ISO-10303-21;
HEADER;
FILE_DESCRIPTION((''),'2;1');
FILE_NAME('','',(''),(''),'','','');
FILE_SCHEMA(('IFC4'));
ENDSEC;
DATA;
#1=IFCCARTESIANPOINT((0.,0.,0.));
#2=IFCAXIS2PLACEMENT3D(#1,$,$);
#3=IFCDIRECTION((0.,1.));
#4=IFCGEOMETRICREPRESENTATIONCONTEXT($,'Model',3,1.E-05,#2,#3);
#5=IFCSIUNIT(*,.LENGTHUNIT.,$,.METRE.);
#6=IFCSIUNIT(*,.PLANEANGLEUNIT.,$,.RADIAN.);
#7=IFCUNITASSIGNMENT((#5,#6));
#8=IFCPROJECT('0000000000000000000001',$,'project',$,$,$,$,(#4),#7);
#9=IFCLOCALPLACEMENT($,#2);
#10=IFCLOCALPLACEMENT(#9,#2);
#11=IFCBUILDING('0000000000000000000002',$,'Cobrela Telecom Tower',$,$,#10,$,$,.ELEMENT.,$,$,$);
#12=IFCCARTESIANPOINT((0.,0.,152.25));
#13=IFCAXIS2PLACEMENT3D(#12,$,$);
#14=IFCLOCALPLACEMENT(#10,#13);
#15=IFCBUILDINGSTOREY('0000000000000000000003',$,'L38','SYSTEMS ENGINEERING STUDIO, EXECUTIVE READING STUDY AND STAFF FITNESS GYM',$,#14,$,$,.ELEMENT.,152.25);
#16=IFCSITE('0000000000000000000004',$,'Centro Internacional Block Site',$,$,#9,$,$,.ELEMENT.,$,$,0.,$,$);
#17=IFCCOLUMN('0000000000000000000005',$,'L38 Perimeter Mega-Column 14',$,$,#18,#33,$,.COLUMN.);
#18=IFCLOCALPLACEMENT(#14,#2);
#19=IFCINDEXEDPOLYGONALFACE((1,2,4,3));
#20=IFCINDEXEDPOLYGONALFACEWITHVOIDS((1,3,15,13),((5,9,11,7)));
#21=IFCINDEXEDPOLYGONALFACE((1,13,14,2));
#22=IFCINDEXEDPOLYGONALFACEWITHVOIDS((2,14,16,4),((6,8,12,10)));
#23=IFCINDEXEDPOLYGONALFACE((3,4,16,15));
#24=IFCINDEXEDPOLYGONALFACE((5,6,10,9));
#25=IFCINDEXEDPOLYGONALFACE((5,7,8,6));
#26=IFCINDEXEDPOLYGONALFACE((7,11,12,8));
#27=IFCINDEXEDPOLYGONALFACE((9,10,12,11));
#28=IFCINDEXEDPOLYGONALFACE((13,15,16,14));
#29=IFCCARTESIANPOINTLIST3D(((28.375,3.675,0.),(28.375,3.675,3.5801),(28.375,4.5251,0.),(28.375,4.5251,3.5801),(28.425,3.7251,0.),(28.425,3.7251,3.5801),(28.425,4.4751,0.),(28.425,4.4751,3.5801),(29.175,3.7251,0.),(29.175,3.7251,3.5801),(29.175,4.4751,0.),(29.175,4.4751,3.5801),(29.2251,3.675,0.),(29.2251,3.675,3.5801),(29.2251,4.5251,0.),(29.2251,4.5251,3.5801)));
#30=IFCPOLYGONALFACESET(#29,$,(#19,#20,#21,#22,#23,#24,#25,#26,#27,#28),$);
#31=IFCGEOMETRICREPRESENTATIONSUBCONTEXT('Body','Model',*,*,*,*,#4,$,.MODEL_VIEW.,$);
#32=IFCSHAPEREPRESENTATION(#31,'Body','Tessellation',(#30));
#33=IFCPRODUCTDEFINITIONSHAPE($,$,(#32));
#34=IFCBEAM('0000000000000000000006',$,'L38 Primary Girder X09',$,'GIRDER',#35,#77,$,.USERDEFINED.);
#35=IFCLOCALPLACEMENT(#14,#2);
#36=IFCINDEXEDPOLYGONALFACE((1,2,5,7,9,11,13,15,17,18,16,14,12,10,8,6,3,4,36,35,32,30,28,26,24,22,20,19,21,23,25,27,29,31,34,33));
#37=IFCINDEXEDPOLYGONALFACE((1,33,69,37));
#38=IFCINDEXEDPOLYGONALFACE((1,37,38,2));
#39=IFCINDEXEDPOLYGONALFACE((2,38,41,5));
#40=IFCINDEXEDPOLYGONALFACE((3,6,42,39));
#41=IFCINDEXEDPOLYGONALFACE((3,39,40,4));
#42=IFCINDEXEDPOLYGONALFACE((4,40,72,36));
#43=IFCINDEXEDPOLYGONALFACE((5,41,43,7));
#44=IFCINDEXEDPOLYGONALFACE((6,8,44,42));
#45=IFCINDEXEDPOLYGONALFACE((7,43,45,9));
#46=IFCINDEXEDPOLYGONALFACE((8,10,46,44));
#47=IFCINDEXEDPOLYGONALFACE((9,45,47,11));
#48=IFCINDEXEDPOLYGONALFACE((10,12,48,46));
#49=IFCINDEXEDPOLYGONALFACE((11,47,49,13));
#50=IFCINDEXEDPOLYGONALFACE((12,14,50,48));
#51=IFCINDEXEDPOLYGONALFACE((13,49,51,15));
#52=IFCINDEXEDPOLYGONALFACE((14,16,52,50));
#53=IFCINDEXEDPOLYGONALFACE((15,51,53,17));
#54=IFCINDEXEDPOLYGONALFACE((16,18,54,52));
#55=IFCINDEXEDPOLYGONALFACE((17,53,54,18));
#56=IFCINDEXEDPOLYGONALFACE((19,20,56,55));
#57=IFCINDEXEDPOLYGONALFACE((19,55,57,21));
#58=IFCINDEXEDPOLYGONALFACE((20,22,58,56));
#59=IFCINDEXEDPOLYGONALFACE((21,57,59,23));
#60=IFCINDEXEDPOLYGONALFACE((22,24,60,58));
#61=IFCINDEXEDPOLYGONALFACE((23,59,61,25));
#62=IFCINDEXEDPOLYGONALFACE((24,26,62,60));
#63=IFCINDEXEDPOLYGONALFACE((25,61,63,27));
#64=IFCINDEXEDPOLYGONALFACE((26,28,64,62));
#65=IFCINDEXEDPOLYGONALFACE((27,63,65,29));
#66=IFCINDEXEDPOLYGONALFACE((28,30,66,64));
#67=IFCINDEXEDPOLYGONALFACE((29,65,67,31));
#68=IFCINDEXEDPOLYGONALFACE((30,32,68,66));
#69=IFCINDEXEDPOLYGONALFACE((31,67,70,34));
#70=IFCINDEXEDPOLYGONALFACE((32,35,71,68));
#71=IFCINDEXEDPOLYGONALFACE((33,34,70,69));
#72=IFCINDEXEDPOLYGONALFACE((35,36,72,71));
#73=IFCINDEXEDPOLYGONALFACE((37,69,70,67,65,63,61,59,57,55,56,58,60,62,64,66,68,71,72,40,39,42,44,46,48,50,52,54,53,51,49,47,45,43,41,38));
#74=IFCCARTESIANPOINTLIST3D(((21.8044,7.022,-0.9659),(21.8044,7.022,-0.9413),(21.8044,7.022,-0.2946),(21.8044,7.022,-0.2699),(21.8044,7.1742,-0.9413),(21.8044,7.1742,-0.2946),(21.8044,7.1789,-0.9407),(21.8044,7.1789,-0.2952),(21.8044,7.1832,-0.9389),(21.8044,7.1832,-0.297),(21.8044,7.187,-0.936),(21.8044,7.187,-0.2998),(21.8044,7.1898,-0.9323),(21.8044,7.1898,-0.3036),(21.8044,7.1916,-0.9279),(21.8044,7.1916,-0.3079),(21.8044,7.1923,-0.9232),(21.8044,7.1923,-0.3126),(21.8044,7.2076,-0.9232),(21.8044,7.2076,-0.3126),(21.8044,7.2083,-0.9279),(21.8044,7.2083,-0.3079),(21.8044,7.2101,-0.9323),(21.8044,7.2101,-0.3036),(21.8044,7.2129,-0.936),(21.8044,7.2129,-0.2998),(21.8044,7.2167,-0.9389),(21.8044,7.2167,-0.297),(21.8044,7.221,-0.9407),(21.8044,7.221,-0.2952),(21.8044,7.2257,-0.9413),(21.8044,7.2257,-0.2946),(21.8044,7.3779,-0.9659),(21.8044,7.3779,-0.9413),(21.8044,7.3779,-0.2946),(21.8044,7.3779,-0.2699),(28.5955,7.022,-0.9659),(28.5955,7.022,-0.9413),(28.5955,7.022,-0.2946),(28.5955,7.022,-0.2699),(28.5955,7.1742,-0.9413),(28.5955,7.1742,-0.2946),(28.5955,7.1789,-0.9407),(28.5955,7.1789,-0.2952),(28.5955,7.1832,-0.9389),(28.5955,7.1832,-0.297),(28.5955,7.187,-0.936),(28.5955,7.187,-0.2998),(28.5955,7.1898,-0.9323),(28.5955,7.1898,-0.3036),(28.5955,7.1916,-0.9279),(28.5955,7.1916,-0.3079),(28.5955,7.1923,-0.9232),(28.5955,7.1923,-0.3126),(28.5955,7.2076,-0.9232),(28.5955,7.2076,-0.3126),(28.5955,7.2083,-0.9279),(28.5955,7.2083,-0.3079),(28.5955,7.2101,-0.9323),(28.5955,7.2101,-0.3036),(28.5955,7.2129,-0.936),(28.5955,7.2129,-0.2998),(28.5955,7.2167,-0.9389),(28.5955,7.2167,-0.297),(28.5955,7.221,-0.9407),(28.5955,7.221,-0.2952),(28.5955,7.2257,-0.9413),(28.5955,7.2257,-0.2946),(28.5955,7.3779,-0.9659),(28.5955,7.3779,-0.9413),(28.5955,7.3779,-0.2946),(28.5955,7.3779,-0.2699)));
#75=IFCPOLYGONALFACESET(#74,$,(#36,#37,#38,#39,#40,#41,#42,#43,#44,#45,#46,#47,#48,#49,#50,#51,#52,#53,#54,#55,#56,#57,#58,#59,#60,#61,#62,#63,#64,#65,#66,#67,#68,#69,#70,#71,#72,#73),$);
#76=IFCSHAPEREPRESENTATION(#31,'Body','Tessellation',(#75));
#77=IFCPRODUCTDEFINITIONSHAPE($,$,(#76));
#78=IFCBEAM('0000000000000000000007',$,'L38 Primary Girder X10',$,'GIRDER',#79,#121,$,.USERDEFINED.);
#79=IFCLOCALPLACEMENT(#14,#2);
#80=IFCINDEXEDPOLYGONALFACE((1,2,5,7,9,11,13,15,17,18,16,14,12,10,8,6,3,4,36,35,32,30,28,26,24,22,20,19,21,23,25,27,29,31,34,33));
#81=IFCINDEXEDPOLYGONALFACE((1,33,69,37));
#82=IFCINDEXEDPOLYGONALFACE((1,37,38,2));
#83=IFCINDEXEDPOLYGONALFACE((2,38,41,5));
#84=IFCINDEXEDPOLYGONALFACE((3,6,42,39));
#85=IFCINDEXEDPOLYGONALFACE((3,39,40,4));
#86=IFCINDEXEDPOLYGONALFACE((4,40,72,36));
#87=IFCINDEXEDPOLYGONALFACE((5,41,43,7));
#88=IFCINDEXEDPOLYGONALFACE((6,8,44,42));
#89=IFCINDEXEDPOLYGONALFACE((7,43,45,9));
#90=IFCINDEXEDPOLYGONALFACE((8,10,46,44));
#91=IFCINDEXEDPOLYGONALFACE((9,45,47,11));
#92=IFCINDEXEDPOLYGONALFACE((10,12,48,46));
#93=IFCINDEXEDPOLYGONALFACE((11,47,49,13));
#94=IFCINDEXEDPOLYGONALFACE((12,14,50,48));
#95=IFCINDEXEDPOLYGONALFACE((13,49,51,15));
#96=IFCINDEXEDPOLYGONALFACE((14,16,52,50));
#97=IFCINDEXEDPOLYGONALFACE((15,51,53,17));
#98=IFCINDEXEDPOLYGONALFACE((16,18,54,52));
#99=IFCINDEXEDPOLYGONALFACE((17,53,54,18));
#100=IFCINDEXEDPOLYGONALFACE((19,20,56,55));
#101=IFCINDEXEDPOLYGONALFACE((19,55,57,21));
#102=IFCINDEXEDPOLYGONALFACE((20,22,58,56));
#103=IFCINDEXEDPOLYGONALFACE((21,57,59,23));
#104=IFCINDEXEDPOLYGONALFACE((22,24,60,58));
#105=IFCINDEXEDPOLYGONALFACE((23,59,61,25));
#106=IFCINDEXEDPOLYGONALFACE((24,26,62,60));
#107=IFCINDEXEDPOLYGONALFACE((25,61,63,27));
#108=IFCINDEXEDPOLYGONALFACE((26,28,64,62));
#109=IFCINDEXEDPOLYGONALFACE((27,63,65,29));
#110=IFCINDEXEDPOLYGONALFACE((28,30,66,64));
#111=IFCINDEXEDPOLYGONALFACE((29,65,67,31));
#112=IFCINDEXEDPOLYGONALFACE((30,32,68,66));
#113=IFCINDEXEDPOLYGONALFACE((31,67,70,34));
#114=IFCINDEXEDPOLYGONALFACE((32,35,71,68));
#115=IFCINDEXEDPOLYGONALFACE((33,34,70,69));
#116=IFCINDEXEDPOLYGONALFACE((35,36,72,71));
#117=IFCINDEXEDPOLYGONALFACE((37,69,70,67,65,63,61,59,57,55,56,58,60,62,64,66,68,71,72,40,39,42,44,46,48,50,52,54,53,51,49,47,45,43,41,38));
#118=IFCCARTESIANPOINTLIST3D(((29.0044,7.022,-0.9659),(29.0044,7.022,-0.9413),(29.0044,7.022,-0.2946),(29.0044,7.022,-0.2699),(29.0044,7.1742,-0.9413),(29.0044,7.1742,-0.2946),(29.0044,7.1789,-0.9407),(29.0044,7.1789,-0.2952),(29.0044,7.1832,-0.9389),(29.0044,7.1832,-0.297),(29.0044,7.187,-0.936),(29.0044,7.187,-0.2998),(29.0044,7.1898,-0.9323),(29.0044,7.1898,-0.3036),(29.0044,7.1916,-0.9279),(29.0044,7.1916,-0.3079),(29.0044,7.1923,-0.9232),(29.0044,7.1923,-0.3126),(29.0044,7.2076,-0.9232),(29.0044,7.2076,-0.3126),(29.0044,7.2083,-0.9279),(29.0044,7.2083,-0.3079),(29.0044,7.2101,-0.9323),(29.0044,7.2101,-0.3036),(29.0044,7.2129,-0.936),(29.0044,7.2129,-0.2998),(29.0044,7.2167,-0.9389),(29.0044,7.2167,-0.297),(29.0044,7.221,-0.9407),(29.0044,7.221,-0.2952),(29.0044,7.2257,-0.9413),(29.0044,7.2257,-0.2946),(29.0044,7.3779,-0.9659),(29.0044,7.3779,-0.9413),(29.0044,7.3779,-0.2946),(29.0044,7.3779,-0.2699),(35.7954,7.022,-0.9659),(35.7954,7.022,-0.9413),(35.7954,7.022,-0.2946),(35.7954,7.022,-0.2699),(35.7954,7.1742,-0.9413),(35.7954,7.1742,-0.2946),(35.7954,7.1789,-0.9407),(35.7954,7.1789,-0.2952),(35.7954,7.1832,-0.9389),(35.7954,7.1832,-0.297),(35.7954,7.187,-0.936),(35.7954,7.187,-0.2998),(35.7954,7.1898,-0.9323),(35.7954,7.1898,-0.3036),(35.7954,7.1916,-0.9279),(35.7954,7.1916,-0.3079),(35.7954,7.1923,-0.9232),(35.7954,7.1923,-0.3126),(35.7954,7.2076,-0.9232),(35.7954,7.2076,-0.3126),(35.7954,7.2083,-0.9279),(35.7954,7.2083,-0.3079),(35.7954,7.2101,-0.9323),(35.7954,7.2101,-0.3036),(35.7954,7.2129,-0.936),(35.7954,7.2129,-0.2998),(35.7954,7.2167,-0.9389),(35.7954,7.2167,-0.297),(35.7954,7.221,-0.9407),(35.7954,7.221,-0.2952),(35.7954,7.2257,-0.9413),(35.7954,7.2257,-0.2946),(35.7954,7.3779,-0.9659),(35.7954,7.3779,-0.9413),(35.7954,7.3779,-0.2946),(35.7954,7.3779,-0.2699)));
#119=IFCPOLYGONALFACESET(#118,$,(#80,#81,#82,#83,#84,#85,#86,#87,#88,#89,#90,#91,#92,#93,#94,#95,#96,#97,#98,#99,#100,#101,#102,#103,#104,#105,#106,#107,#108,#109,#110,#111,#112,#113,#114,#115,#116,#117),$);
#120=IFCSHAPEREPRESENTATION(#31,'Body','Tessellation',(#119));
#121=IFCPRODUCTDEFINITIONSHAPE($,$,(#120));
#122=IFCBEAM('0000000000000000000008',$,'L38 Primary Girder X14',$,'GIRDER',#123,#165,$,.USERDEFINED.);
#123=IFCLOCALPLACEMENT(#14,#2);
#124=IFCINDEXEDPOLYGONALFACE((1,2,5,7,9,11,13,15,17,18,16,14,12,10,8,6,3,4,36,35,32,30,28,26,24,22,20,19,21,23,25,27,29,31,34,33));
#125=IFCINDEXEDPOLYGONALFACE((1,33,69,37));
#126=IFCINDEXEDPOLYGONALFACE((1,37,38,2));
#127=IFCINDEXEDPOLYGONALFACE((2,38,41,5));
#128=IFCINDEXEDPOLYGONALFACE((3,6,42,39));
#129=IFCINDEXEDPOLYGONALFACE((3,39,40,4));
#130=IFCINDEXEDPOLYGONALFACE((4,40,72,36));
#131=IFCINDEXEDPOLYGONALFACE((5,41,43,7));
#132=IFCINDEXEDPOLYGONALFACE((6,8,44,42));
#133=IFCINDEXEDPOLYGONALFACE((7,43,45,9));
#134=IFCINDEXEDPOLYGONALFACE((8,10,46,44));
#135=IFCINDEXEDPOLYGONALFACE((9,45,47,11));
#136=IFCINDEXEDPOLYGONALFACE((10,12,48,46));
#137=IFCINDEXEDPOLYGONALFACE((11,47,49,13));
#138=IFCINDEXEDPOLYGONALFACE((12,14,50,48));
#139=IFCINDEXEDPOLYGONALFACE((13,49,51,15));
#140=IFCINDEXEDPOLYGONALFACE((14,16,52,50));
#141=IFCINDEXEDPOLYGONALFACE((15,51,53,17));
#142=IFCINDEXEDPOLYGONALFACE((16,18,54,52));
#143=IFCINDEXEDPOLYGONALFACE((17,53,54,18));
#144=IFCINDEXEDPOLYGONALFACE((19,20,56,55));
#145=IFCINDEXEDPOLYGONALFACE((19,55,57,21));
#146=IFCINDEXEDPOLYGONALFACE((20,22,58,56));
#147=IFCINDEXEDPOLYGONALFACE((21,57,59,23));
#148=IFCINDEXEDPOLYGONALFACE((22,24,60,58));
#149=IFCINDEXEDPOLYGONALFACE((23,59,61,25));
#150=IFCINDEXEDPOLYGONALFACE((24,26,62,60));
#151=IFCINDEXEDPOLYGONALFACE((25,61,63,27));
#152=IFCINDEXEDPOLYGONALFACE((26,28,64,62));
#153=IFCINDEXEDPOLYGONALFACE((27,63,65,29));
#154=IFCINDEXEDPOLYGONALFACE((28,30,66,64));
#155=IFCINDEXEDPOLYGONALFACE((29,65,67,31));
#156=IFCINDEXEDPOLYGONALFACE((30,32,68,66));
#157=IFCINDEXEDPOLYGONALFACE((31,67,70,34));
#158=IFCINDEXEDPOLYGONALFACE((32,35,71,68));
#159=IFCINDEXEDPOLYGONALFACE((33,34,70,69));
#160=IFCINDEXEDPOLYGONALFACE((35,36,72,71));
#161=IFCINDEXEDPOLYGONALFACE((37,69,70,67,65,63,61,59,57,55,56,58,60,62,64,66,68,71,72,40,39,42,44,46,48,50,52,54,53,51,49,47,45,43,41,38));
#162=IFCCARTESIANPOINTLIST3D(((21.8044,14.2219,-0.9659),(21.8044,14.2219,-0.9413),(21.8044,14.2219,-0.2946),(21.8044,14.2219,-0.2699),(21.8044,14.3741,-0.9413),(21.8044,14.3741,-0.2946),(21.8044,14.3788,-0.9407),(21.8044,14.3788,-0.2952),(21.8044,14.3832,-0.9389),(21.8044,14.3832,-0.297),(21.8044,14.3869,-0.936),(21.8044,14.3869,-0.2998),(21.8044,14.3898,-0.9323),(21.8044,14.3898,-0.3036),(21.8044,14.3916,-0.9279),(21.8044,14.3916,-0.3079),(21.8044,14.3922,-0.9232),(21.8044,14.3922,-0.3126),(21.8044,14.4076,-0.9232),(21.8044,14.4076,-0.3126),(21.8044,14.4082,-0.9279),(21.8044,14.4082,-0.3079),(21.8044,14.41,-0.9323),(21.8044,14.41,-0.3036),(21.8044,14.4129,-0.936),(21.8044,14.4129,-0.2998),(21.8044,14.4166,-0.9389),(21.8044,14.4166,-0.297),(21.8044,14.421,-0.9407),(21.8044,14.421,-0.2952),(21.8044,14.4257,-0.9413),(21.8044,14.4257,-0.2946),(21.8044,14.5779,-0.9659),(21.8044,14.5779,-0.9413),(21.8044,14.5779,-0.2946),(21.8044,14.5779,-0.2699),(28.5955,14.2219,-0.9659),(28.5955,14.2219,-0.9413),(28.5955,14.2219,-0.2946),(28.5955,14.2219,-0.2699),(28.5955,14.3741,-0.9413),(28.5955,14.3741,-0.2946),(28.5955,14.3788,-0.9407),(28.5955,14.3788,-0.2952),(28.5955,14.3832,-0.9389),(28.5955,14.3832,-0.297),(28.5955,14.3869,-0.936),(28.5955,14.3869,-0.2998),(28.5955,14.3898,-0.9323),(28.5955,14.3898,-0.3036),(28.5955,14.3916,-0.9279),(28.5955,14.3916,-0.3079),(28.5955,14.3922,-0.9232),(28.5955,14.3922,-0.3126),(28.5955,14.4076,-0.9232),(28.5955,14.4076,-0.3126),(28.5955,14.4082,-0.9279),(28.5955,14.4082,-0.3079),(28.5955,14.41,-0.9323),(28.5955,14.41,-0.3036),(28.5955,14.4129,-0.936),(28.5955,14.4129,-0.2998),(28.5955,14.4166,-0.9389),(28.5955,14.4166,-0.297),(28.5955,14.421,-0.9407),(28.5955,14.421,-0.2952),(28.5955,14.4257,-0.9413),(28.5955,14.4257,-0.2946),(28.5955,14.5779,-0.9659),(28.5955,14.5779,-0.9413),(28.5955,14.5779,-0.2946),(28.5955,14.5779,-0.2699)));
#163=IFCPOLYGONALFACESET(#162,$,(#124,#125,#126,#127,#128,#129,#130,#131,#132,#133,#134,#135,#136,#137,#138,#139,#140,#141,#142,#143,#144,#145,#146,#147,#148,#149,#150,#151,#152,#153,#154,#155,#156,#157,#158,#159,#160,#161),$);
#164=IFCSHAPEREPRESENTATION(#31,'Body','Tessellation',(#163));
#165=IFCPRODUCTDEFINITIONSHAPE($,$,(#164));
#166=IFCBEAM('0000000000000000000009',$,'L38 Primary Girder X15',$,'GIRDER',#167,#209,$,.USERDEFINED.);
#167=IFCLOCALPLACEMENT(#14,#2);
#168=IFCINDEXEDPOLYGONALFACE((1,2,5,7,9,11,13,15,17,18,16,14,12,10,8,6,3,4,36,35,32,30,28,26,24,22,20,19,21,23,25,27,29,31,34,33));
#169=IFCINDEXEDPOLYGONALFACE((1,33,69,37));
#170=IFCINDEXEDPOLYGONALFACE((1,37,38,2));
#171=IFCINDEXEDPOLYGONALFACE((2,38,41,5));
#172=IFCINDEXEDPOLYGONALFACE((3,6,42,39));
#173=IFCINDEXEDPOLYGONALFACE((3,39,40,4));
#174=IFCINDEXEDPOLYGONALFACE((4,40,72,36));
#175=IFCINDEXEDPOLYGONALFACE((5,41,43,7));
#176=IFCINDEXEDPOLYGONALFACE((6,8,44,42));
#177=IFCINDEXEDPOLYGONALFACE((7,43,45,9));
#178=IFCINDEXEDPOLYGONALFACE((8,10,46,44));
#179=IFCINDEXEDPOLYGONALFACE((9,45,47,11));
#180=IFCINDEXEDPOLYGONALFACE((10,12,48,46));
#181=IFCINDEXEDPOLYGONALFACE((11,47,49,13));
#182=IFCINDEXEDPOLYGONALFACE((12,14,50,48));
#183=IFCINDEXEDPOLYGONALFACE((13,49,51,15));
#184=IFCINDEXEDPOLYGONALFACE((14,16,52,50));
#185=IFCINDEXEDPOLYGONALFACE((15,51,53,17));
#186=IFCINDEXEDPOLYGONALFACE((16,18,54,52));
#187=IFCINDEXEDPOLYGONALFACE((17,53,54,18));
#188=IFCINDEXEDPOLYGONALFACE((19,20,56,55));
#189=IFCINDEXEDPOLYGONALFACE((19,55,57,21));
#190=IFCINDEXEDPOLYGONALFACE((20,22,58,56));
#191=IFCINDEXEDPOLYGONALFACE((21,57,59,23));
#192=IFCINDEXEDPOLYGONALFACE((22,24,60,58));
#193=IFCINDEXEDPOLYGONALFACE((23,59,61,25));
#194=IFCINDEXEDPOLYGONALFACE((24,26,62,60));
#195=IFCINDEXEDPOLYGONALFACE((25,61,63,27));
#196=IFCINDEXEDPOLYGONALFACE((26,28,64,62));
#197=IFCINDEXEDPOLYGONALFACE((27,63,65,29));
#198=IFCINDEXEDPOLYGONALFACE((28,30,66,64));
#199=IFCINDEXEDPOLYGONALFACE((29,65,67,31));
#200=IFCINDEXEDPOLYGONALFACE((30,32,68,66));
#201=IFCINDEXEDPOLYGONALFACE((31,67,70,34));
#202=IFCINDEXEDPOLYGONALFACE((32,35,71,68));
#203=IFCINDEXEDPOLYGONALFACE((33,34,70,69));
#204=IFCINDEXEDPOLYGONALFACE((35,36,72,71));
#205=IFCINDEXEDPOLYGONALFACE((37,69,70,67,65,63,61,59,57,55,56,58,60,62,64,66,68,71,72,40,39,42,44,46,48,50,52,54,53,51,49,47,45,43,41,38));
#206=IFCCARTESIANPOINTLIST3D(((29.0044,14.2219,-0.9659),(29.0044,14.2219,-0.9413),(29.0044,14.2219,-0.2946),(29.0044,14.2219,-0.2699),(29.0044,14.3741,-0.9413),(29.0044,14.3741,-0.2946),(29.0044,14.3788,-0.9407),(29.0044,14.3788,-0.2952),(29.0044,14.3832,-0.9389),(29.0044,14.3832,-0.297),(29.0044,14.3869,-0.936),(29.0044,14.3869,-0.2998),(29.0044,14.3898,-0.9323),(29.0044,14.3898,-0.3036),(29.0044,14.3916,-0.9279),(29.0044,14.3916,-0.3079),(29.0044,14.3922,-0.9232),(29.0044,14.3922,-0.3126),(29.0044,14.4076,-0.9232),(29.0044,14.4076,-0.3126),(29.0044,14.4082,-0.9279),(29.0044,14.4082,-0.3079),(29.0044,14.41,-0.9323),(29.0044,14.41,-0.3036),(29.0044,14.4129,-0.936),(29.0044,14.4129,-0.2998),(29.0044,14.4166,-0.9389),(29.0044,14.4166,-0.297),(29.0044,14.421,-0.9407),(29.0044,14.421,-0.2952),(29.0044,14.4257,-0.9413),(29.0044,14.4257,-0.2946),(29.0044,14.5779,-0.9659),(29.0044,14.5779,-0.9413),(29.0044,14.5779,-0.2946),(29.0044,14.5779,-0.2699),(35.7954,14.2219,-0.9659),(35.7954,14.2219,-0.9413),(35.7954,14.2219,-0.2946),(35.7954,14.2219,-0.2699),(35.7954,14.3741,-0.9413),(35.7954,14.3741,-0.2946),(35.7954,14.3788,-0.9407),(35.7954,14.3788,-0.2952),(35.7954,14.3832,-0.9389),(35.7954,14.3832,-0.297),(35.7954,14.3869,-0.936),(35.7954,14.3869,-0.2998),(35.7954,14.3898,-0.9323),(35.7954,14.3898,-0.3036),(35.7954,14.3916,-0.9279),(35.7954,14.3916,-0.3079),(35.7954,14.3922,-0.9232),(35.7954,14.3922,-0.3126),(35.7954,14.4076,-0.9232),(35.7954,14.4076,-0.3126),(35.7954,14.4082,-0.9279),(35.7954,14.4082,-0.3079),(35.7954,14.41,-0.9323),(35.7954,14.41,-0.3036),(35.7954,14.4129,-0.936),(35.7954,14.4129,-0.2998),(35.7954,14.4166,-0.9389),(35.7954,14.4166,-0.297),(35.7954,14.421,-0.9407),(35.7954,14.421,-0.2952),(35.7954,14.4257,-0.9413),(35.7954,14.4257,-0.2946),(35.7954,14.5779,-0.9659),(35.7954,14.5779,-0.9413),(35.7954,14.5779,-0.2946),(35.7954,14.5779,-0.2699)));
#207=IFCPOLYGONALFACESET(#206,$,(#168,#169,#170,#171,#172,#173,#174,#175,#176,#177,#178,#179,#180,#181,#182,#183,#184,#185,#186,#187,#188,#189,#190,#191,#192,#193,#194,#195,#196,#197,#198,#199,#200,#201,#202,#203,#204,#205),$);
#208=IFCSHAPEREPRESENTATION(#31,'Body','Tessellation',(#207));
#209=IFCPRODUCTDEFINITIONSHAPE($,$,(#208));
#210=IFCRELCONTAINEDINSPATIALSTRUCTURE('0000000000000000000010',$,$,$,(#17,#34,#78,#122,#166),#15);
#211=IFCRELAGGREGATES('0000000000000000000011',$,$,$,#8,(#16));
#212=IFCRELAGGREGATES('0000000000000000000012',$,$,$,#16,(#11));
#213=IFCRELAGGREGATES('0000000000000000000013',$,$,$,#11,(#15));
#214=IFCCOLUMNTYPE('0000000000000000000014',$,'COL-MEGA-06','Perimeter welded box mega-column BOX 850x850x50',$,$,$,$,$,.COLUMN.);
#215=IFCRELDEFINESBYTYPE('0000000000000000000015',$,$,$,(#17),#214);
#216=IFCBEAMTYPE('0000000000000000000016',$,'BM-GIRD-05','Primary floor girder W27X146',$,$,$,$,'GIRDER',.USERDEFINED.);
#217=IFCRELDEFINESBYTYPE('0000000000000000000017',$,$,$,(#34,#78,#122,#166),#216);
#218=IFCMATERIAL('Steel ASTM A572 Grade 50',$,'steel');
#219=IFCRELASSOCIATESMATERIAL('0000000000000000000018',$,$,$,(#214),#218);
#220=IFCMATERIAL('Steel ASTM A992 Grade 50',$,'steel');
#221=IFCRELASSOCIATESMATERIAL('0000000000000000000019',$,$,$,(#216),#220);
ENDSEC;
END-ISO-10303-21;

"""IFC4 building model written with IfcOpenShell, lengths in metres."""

from ifc_helpers import new_model, si_unit, direction, frame, origin, origin_2d, place, context, subcontext, project, spatial, hollow_rectangle, i_section, extrude, material, material_profile, profile_set, type_object, element, save


model = new_model("IFC4")

# Units and contexts
model_context = context("Model", 3, precision=1e-05, world=origin(), true_north=direction((0.0, 1.0)))
body_context = subcontext(model_context, "Body", "Model", "MODEL_VIEW")
ifc_project = project(units=[si_unit("LENGTHUNIT", "METRE"), si_unit("PLANEANGLEUNIT", "RADIAN")], contexts=[model_context])

# Site, building, storey
site_placement = place(None, origin())
site = spatial("IfcSite", under=ifc_project, at=site_placement, Name="Centro Internacional Block Site", CompositionType="ELEMENT", RefElevation=0.0)
building_placement = place(site_placement, origin())
building = spatial("IfcBuilding", under=site, at=building_placement, Name="Cobrela Telecom Tower", CompositionType="ELEMENT")
storey_placement = place(building_placement, frame((0.0, 0.0, 152.25)))
storey = spatial("IfcBuildingStorey", under=building, at=storey_placement, Name="L38", Description="SYSTEMS ENGINEERING STUDIO, EXECUTIVE READING STUDY AND STAFF FITNESS GYM", CompositionType="ELEMENT", Elevation=152.25)

# Column
ifc_material_1 = material(Name="Steel ASTM A992 Grade 50", Category="steel")
ifc_material_2 = material(Name="Steel ASTM A572 Grade 50", Category="steel")
ifc_material_profile_1 = material_profile(ifc_material_2, hollow_rectangle(XDim=0.8501, YDim=0.8501, WallThickness=0.05, at=origin_2d()), Name="BOX 850x850x50")
ifc_profile_set_1 = profile_set([ifc_material_profile_1], Name="Steel ASTM A572 Grade 50")
column_type_1 = type_object("IfcColumnType", Name="COL-MEGA-06", Description="Perimeter welded box mega-column BOX 850x850x50", PredefinedType="COLUMN", material=ifc_profile_set_1)
for number, where, z_axis, x_axis, name in (
    (1, (28.8, 4.1001, 0.0), (0.0, 0.0, 1.0), (1.0, 0.0, 0.0), "L38 Perimeter Mega-Column 14"),
):
    element("IfcColumn", number, at=place(storey_placement, frame(where, z_axis=z_axis, x_axis=x_axis)), inside=storey, type_object=column_type_1, Name=name, PredefinedType="COLUMN", context=body_context, shape_type="SweptSolid", body=[
        extrude(hollow_rectangle(XDim=0.8501, YDim=0.8501, WallThickness=0.05, at=origin_2d()), origin(), (0.0, 0.0, 1.0), 3.5801),
    ])

# Beams
ifc_material_profile_2 = material_profile(ifc_material_1, i_section(OverallWidth=0.356, OverallDepth=0.696, WebThickness=0.0154, FlangeThickness=0.0247, FilletRadius=0.0181, at=origin_2d()), Name="W27X146")
ifc_profile_set_2 = profile_set([ifc_material_profile_2], Name="Steel ASTM A992 Grade 50")
beam_type_1 = type_object("IfcBeamType", Name="BM-GIRD-05", Description="Primary floor girder W27X146", ElementType="GIRDER", PredefinedType="USERDEFINED", material=ifc_profile_set_2)
for number, where, z_axis, x_axis, name in (
    (2, (21.8044, 7.2, -0.6179), (1.0, 0.0, 0.0), (0.0, 1.0, 0.0), "L38 Primary Girder X09"),
    (3, (29.0044, 7.2, -0.6179), (1.0, 0.0, 0.0), (0.0, 1.0, 0.0), "L38 Primary Girder X10"),
    (4, (21.8044, 14.3999, -0.6179), (1.0, 0.0, 0.0), (0.0, 1.0, 0.0), "L38 Primary Girder X14"),
    (5, (29.0044, 14.3999, -0.6179), (1.0, 0.0, 0.0), (0.0, 1.0, 0.0), "L38 Primary Girder X15"),
):
    element("IfcBeam", number, at=place(storey_placement, frame(where, z_axis=z_axis, x_axis=x_axis)), inside=storey, type_object=beam_type_1, Name=name, ObjectType="GIRDER", PredefinedType="USERDEFINED", context=body_context, shape_type="SweptSolid", body=[
        extrude(i_section(OverallWidth=0.356, OverallDepth=0.696, WebThickness=0.0154, FlangeThickness=0.0247, FilletRadius=0.0181, at=origin_2d()), origin(), (0.0, 0.0, 1.0), 6.791),
    ])

save(model, "model.ifc")
